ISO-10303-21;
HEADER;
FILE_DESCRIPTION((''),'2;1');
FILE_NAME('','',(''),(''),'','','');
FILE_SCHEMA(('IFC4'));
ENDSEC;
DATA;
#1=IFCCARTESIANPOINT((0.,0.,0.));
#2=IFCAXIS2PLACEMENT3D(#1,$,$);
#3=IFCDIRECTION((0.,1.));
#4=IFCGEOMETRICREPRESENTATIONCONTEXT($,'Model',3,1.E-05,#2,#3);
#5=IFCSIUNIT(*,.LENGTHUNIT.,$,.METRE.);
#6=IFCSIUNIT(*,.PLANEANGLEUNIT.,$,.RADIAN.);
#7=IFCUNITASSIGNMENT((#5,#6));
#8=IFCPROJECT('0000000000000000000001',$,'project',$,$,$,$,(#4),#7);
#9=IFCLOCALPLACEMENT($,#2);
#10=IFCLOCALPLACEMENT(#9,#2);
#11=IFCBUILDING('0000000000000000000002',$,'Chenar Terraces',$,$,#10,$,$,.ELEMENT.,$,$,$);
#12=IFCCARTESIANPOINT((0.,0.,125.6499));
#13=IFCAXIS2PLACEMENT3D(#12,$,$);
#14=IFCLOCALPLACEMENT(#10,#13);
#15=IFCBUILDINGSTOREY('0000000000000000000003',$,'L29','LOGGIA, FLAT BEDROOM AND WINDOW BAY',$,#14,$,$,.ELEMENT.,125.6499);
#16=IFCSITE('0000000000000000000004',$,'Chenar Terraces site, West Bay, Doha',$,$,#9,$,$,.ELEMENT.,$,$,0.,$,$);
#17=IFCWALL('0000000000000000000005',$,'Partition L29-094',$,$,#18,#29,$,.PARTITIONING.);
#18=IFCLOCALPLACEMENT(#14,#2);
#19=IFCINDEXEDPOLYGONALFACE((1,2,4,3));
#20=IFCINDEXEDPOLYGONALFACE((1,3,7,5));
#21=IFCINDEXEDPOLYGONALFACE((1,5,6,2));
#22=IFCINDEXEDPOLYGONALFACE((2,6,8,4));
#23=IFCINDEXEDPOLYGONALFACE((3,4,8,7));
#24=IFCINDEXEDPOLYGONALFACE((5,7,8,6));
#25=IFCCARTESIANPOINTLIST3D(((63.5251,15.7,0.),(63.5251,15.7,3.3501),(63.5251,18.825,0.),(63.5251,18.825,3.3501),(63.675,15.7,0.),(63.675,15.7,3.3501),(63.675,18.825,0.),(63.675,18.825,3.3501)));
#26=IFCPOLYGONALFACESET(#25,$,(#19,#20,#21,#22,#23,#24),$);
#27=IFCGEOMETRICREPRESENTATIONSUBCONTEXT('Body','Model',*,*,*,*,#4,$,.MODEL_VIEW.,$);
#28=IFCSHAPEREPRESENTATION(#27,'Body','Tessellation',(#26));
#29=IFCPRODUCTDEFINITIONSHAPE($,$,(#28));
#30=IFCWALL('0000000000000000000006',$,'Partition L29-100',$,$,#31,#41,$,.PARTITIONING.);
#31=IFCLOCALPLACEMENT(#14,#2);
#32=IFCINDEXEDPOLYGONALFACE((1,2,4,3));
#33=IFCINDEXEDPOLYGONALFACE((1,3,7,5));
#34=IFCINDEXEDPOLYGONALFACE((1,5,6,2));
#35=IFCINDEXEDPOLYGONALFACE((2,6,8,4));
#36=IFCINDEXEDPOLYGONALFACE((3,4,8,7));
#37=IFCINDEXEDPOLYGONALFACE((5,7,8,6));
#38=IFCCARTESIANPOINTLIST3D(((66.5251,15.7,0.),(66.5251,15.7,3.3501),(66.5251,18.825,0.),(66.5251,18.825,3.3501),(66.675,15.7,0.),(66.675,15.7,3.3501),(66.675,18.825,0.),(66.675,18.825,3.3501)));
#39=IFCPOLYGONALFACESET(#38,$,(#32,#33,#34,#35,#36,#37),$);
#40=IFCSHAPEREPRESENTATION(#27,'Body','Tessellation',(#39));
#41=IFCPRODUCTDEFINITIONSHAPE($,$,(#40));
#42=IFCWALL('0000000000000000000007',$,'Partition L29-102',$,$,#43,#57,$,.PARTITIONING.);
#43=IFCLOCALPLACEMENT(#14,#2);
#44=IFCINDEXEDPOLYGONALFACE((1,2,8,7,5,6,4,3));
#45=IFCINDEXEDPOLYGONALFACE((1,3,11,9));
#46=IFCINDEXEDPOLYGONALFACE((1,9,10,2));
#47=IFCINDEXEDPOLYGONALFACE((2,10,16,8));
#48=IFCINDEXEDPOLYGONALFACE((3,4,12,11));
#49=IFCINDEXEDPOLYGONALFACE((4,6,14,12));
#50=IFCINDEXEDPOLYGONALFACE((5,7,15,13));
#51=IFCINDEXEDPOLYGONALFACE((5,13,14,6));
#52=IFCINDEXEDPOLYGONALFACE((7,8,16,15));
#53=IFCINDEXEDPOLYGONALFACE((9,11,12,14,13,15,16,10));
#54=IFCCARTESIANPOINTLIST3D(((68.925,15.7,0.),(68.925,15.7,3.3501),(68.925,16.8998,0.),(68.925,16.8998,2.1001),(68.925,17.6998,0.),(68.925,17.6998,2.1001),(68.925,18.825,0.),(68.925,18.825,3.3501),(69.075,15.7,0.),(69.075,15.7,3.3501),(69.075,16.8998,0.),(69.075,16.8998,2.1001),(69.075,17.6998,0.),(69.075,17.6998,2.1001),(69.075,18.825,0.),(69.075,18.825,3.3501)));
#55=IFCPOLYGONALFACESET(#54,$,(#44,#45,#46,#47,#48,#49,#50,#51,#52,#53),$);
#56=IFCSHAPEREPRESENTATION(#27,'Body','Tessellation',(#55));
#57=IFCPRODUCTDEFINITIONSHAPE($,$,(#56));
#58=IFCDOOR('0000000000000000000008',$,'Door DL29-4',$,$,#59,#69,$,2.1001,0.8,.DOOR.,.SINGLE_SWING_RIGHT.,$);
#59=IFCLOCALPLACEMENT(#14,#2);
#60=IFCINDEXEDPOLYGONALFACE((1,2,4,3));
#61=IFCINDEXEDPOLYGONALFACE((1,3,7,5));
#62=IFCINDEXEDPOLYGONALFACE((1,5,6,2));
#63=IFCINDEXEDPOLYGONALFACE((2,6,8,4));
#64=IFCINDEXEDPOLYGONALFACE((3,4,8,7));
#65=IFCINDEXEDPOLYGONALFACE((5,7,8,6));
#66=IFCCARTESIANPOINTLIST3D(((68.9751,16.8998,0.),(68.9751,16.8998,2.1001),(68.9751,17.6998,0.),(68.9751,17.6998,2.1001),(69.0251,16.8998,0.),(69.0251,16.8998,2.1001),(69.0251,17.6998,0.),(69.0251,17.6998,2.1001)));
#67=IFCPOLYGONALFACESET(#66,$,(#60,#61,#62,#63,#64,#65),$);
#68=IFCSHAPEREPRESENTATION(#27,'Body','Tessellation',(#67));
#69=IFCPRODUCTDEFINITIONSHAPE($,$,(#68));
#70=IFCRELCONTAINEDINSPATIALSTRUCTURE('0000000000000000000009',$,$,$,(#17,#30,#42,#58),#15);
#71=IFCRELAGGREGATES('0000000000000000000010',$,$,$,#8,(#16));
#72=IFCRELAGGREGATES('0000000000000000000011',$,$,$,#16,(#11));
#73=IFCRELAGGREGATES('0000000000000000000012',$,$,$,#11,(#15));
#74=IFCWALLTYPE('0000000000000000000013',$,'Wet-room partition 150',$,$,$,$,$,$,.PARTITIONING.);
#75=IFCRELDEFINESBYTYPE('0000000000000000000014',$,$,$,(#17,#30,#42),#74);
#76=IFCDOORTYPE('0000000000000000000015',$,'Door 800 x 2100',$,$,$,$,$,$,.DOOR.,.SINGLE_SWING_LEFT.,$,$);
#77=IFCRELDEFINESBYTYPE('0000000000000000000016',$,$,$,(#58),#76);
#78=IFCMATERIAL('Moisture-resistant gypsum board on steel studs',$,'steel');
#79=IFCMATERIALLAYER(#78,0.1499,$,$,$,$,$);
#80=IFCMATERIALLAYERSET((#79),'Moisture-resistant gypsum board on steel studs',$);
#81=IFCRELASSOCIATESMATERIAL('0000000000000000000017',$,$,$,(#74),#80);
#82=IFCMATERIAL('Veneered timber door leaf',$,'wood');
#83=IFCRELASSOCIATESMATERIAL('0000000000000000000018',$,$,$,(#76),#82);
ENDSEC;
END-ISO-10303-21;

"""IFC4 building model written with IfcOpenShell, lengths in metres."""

from ifc_helpers import new_model, si_unit, direction, frame, frame_2d, origin, place, context, subcontext, project, spatial, rectangle, extrude, material, layer, layer_set, type_object, element, fill, save


model = new_model("IFC4")

# Units and contexts
model_context = context("Model", 3, precision=1e-05, world=origin(), true_north=direction((0.0, 1.0)))
body_context = subcontext(model_context, "Body", "Model", "MODEL_VIEW")
ifc_project = project(units=[si_unit("LENGTHUNIT", "METRE"), si_unit("PLANEANGLEUNIT", "RADIAN")], contexts=[model_context])

# Site, building, storey
site_placement = place(None, origin())
site = spatial("IfcSite", under=ifc_project, at=site_placement, Name="Chenar Terraces site, West Bay, Doha", CompositionType="ELEMENT", RefElevation=0.0)
building_placement = place(site_placement, origin())
building = spatial("IfcBuilding", under=site, at=building_placement, Name="Chenar Terraces", CompositionType="ELEMENT")
storey_placement = place(building_placement, frame((0.0, 0.0, 125.6499)))
storey = spatial("IfcBuildingStorey", under=building, at=storey_placement, Name="L29", Description="LOGGIA, FLAT BEDROOM AND WINDOW BAY", CompositionType="ELEMENT", Elevation=125.6499)

# Walls
ifc_material_1 = material(Name="Moisture-resistant gypsum board on steel studs", Category="steel")
ifc_layer_1 = layer(ifc_material_1, 0.1499)
ifc_layer_set_1 = layer_set([ifc_layer_1], Name="Moisture-resistant gypsum board on steel studs")
wall_type_1 = type_object("IfcWallType", Name="Wet-room partition 150", PredefinedType="PARTITIONING", material=ifc_layer_set_1)
for number, where, z_axis, x_axis, name in (
    (1, (63.6001, 15.7, 0.0), (0.0, 0.0, 1.0), (0.0, 1.0, 0.0), "Partition L29-094"),
    (2, (66.6001, 15.7, 0.0), (0.0, 0.0, 1.0), (0.0, 1.0, 0.0), "Partition L29-100"),
):
    element("IfcWall", number, at=place(storey_placement, frame(where, z_axis=z_axis, x_axis=x_axis)), inside=storey, type_object=wall_type_1, Name=name, PredefinedType="PARTITIONING", context=body_context, shape_type="SweptSolid", body=[
        extrude(rectangle(XDim=3.125, YDim=0.1499, at=frame_2d((1.5625, 0.0))), origin(), (0.0, 0.0, 1.0), 3.3501),
    ])

# Wall, opening, door
wall_1_placement = place(storey_placement, frame((69.0, 15.7, 0.0), z_axis=(0.0, 0.0, 1.0), x_axis=(0.0, 1.0, 0.0)))
wall_1 = element("IfcWall", 3, at=wall_1_placement, inside=storey, type_object=wall_type_1, Name="Partition L29-102", PredefinedType="PARTITIONING", context=body_context, shape_type="SweptSolid", body=[
    extrude(rectangle(XDim=3.125, YDim=0.1499, at=frame_2d((1.5625, 0.0))), origin(), (0.0, 0.0, 1.0), 3.3501),
])
opening_1_placement = place(wall_1_placement, frame((1.2, 0.0, 0.0)))
opening_1 = element("IfcOpeningElement", 4, at=opening_1_placement, cuts=wall_1, PredefinedType="OPENING", context=body_context, shape_type="SweptSolid", body=[
    extrude(rectangle(XDim=0.8, YDim=2.1001, at=frame_2d((0.3999, 1.05))), frame((0.0, 0.085, 0.0), z_axis=(0.0, -1.0, 0.0), x_axis=(1.0, 0.0, 0.0)), (0.0, 0.0, 1.0), 0.1699),
])
ifc_material_2 = material(Name="Veneered timber door leaf", Category="wood")
door_type = type_object("IfcDoorType", Name="Door 800 x 2100", OperationType="SINGLE_SWING_LEFT", PredefinedType="DOOR", material=ifc_material_2)
door_placement = place(opening_1_placement, origin())
door = element("IfcDoor", 5, at=door_placement, inside=storey, type_object=door_type, Name="Door DL29-4", OperationType="SINGLE_SWING_RIGHT", OverallHeight=2.1001, OverallWidth=0.8, PredefinedType="DOOR", context=body_context, shape_type="SweptSolid", body=[
    extrude(rectangle(XDim=0.8, YDim=2.1001, at=frame_2d((0.3999, 1.05))), frame((0.0, 0.0249, 0.0), z_axis=(0.0, -1.0, 0.0), x_axis=(1.0, 0.0, 0.0)), (0.0, 0.0, 1.0), 0.05),
])
fill(opening_1, door)

save(model, "model.ifc")
